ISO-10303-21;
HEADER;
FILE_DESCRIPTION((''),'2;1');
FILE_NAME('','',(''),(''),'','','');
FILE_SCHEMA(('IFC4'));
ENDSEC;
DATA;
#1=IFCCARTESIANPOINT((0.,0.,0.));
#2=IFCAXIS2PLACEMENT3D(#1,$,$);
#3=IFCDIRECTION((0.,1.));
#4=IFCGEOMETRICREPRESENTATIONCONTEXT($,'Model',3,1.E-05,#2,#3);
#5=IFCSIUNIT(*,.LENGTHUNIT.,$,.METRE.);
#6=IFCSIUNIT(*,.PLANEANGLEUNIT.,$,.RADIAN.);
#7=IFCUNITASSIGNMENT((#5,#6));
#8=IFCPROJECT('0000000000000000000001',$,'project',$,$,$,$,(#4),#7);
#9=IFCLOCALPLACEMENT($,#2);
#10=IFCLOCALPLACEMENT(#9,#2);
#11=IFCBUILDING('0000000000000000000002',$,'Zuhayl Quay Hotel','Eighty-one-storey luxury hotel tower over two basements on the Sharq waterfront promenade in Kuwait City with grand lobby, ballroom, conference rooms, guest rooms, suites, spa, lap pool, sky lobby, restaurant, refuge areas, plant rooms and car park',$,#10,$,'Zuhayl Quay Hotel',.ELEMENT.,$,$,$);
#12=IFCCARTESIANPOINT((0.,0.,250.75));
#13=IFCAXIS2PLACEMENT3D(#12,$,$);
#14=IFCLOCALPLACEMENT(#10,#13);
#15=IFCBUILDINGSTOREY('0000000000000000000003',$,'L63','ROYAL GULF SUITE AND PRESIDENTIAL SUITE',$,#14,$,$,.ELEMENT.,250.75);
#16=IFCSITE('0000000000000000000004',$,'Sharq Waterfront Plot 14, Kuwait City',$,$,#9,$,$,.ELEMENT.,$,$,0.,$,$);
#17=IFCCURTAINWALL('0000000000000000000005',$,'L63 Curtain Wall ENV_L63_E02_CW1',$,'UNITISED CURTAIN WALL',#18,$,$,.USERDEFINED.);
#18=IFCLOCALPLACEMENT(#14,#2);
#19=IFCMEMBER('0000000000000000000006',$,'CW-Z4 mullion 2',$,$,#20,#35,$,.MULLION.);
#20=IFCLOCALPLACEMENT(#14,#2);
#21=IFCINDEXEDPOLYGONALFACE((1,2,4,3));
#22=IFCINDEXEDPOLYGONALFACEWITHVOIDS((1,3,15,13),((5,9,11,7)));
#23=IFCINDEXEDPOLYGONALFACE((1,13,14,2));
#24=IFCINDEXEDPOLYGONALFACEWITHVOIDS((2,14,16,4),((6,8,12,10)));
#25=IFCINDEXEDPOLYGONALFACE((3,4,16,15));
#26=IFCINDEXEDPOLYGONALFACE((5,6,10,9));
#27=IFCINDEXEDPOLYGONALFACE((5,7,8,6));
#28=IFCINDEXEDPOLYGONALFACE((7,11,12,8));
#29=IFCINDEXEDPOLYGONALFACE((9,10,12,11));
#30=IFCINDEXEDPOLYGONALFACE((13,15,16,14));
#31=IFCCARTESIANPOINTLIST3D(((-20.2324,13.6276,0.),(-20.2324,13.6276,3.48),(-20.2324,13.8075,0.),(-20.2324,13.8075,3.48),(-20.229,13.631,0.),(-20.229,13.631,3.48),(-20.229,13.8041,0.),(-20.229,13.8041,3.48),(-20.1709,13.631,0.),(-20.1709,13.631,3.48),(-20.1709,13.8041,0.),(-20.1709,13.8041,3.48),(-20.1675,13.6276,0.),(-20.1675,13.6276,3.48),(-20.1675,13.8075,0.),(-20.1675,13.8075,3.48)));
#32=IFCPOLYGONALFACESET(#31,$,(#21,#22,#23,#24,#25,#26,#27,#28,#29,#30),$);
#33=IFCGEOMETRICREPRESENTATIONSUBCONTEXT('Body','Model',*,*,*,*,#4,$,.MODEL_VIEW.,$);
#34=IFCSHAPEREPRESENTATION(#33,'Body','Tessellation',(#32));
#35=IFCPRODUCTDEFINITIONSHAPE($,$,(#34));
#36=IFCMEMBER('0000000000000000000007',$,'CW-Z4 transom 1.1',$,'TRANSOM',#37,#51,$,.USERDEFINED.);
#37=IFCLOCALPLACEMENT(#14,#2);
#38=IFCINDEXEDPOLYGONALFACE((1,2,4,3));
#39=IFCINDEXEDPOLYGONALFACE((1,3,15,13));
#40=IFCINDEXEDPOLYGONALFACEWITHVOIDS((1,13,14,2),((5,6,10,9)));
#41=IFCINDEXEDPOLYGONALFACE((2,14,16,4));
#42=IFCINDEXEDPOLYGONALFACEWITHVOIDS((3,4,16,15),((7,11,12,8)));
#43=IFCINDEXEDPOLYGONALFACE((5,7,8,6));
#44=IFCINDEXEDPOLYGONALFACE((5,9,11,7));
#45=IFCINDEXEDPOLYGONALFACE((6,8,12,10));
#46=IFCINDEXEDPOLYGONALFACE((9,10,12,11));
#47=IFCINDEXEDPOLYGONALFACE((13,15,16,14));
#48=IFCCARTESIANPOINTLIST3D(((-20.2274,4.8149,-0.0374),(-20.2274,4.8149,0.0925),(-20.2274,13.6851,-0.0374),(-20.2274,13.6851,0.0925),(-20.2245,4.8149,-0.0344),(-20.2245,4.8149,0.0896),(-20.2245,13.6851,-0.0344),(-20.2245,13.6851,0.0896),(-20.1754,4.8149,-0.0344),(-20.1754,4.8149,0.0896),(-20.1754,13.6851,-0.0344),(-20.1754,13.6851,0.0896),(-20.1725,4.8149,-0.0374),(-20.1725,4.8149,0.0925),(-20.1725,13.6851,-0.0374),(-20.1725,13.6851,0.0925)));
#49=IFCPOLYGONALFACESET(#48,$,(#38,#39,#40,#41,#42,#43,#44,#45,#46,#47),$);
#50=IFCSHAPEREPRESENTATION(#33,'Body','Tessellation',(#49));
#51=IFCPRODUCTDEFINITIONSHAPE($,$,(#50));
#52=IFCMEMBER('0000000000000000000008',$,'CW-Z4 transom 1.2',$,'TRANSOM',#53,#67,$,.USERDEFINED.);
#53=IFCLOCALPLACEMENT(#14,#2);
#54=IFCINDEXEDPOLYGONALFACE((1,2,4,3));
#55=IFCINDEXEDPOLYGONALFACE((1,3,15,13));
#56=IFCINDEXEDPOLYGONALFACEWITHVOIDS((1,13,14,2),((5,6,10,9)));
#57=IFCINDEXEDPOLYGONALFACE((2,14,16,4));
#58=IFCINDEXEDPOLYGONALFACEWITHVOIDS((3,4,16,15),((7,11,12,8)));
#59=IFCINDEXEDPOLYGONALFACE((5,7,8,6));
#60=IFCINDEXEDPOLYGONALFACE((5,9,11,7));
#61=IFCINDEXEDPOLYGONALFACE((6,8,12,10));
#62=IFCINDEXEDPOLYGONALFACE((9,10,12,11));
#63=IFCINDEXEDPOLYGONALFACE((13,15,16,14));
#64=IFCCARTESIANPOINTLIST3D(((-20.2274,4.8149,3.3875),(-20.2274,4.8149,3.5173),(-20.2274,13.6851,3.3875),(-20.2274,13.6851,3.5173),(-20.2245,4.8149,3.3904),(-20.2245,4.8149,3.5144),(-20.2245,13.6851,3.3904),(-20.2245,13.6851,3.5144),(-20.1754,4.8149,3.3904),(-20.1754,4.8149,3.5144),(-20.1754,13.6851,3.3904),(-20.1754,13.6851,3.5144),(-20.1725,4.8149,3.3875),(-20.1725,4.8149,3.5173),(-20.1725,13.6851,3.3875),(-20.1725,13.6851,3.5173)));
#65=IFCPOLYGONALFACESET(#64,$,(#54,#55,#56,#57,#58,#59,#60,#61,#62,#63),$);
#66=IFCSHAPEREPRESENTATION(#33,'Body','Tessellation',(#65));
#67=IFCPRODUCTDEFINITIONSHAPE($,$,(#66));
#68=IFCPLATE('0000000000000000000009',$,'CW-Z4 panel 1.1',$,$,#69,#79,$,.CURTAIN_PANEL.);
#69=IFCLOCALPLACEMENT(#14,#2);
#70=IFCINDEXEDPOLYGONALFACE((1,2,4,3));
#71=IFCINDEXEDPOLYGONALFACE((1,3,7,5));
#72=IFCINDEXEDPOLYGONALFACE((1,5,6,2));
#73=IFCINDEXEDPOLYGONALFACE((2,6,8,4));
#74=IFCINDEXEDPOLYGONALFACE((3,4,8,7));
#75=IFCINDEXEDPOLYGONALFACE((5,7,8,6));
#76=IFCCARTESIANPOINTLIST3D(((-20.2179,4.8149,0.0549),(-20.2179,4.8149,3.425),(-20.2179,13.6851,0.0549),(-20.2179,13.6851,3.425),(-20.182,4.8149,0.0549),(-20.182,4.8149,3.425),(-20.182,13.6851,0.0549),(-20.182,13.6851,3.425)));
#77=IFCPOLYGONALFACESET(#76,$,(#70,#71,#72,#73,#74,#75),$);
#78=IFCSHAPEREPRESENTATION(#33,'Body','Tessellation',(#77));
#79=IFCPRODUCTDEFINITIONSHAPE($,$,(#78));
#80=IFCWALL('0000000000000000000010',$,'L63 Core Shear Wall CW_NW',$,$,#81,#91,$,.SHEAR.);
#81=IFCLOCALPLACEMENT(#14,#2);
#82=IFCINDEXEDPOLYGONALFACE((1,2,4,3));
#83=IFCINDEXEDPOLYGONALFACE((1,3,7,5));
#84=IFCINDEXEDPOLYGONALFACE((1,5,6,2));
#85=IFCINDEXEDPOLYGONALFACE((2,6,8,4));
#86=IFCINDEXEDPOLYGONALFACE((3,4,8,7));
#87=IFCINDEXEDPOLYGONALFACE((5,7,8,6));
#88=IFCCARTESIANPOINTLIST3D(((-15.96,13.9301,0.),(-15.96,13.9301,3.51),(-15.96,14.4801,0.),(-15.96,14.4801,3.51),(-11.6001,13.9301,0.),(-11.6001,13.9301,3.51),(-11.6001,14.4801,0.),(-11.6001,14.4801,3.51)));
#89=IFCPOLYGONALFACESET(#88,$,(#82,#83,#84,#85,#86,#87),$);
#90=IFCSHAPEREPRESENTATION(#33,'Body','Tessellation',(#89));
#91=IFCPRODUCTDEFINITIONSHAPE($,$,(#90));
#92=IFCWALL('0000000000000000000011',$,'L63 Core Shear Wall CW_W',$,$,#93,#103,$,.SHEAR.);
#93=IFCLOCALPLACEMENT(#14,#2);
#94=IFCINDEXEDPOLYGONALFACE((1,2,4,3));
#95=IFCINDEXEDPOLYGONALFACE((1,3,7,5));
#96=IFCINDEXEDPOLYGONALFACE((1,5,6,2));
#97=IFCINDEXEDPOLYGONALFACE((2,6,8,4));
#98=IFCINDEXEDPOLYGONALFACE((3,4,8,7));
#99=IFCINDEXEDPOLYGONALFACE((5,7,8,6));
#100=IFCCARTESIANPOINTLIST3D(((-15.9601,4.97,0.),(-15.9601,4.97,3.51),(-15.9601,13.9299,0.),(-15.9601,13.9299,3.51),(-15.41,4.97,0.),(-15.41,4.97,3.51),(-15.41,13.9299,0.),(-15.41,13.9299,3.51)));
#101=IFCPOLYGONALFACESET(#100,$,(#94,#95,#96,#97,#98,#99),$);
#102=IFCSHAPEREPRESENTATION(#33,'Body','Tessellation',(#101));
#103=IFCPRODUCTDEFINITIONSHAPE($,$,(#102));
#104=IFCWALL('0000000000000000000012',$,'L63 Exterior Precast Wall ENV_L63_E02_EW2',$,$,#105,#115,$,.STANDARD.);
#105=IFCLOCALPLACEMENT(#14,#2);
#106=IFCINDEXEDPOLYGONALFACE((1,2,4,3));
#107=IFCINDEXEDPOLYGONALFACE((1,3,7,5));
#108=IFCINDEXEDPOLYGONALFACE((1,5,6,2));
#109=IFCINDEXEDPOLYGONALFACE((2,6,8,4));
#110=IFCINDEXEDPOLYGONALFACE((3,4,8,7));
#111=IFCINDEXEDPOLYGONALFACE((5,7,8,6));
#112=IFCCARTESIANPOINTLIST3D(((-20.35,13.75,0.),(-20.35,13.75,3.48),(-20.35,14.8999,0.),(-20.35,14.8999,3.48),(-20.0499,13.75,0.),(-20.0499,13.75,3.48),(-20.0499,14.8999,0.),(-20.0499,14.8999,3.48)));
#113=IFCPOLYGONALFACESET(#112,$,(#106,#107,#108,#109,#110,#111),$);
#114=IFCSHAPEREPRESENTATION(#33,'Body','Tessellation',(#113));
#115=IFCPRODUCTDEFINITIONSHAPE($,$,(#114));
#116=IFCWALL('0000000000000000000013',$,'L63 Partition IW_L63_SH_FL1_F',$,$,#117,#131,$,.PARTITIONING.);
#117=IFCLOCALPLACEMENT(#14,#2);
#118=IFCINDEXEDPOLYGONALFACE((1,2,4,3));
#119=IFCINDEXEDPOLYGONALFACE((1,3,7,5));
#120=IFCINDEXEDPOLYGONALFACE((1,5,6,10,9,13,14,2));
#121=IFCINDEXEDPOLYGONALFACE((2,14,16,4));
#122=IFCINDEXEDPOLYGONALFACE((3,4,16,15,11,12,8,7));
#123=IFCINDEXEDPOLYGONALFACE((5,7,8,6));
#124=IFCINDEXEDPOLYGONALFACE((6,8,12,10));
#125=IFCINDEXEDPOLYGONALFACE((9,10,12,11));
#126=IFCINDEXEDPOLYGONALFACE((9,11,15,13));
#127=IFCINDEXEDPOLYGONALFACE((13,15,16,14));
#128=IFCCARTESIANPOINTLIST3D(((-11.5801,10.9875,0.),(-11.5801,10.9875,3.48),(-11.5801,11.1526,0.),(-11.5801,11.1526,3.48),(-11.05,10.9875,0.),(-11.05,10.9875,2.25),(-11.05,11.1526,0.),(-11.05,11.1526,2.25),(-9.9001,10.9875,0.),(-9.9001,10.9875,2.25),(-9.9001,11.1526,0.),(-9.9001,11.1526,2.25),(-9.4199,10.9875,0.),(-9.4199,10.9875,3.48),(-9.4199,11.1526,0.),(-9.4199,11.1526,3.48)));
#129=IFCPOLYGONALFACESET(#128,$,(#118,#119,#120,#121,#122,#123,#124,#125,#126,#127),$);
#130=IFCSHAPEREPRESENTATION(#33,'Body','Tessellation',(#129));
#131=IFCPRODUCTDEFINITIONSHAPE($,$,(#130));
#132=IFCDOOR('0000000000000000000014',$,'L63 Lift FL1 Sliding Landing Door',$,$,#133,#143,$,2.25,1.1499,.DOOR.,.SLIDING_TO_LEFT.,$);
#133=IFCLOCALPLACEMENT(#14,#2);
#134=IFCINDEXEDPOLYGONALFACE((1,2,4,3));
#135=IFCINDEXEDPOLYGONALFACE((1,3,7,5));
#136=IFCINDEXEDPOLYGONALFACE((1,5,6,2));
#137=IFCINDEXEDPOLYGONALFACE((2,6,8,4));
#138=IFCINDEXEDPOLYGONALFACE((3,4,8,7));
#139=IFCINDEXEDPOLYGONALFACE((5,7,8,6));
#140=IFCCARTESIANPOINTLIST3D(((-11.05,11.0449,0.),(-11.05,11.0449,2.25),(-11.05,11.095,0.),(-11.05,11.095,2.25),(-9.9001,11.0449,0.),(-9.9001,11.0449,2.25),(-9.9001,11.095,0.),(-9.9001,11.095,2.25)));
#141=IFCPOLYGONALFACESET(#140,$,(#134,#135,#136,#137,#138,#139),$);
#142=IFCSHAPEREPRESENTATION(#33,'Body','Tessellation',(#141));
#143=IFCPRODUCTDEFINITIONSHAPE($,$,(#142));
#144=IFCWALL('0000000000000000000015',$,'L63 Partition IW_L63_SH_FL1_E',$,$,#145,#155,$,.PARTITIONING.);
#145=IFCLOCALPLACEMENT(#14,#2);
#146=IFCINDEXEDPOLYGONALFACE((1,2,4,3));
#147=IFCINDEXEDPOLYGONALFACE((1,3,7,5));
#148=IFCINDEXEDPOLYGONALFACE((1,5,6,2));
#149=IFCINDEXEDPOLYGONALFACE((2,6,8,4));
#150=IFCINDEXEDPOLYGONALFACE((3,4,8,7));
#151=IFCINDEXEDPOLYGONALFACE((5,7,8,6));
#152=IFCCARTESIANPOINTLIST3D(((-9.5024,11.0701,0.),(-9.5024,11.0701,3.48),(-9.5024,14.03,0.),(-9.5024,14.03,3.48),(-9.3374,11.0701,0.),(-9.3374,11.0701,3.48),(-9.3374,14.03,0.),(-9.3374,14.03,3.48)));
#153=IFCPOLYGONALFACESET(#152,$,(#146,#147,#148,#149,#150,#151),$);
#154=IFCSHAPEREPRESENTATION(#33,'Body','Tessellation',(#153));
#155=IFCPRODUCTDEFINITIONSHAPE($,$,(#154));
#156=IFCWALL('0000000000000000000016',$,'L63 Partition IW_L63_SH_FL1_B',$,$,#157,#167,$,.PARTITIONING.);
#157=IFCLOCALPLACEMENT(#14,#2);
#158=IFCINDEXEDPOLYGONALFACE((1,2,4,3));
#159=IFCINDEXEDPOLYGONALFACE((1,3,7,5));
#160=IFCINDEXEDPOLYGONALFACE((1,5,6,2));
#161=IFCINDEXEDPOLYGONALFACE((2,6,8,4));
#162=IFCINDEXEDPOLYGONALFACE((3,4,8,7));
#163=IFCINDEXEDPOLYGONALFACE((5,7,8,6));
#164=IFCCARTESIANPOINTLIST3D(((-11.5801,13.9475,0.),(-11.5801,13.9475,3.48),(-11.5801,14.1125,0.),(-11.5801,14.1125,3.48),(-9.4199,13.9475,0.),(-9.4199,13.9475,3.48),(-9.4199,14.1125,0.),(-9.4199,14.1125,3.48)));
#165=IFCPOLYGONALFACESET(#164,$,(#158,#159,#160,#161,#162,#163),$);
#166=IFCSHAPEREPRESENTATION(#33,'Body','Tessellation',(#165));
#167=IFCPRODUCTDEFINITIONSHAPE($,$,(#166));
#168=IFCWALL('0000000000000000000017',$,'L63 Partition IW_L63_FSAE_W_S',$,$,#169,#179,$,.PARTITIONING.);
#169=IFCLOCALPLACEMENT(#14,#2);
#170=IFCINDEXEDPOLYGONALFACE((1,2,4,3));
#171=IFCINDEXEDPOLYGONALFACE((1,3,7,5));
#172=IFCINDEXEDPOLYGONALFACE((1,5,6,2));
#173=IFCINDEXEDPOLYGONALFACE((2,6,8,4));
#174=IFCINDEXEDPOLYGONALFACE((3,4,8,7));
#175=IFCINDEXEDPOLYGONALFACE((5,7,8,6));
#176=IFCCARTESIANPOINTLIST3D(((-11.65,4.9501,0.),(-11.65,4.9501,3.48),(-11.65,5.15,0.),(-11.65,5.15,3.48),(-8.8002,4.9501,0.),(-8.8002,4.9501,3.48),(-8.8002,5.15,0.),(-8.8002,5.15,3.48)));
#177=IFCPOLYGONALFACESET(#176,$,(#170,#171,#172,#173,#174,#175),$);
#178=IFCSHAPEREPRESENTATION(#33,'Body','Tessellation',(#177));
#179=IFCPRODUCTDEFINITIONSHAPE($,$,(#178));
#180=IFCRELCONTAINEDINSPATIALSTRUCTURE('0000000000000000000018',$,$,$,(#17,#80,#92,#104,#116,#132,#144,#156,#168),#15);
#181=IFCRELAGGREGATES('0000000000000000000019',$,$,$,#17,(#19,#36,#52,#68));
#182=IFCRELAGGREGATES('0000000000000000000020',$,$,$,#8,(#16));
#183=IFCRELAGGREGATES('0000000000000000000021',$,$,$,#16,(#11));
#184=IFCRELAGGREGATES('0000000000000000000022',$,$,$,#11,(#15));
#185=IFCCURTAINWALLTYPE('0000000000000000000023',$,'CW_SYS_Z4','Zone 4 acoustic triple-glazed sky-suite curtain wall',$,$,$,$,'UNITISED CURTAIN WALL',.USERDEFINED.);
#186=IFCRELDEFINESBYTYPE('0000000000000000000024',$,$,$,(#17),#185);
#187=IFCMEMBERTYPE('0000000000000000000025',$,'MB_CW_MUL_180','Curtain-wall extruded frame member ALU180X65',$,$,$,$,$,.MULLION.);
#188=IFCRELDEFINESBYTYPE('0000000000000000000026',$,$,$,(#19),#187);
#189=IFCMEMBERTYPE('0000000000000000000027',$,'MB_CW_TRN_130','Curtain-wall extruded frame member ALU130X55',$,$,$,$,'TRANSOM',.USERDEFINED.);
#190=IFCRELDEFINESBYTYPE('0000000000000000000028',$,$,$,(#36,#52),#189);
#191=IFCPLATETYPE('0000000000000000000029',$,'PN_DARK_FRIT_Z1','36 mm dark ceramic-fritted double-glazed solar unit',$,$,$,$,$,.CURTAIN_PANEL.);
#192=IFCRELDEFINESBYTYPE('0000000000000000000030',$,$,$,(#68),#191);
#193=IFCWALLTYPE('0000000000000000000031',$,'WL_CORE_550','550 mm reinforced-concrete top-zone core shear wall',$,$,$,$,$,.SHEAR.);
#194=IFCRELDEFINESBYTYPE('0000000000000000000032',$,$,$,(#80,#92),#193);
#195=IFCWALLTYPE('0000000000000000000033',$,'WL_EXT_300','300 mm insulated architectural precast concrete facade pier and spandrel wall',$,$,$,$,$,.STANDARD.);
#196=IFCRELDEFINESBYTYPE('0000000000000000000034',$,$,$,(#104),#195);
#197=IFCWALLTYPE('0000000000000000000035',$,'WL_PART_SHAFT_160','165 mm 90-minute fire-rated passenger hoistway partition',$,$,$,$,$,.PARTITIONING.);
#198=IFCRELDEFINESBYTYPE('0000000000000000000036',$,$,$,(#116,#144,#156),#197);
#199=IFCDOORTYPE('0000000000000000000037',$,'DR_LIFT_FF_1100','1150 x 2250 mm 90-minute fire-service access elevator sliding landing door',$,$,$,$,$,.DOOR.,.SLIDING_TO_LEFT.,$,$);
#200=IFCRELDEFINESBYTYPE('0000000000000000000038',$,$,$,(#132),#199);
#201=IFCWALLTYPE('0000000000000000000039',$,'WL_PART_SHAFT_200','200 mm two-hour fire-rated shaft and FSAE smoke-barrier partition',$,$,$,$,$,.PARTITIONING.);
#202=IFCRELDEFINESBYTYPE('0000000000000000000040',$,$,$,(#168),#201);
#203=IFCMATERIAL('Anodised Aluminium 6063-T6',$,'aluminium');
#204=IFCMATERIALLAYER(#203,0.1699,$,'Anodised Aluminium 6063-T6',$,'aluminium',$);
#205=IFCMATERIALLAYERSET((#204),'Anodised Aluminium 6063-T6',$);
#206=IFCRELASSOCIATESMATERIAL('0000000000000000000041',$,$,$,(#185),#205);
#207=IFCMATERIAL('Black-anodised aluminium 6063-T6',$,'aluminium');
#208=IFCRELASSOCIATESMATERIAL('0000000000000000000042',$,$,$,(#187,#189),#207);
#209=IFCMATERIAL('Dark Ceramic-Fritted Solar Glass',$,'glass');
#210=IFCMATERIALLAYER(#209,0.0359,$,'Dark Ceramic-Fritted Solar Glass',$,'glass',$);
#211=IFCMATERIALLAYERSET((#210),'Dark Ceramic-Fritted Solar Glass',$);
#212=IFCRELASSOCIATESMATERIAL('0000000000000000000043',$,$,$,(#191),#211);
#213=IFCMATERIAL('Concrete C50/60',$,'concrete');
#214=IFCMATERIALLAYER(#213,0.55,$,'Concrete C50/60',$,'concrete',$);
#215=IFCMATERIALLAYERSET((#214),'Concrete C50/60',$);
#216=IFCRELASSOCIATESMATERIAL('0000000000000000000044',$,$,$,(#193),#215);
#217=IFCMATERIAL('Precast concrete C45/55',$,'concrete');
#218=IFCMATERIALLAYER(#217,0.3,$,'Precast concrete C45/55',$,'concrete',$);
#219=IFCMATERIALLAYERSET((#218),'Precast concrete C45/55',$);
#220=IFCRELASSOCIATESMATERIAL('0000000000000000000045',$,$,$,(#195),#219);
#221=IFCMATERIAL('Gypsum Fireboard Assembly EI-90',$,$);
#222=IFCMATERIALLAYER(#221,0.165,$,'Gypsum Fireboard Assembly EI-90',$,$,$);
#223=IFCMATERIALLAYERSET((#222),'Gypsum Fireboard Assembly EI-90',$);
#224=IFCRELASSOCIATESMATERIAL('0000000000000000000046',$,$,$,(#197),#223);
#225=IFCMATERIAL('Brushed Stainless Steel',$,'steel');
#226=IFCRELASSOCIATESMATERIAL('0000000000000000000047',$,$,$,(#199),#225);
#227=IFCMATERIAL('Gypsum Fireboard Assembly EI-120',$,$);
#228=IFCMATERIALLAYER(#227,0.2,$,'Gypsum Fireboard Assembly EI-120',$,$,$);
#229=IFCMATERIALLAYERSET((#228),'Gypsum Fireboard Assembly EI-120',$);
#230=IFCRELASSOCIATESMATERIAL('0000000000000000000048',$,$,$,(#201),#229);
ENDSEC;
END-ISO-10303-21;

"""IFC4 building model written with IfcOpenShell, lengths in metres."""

from ifc_helpers import new_model, si_unit, direction, frame, frame_2d, origin, origin_2d, place, context, subcontext, project, spatial, rectangle, hollow_rectangle, extrude, material, layer, layer_set, material_profile, profile_set, type_object, element, fill, aggregate, save


model = new_model("IFC4")

# Units and contexts
model_context = context("Model", 3, precision=1e-05, world=origin(), true_north=direction((0.0, 1.0)))
body_context = subcontext(model_context, "Body", "Model", "MODEL_VIEW")
ifc_project = project(units=[si_unit("LENGTHUNIT", "METRE"), si_unit("PLANEANGLEUNIT", "RADIAN")], contexts=[model_context])

# Site, building, storey
site_placement = place(None, origin())
site = spatial("IfcSite", under=ifc_project, at=site_placement, Name="Sharq Waterfront Plot 14, Kuwait City", CompositionType="ELEMENT", RefElevation=0.0)
building_placement = place(site_placement, origin())
building = spatial("IfcBuilding", under=site, at=building_placement, Name="Zuhayl Quay Hotel", Description="Eighty-one-storey luxury hotel tower over two basements on the Sharq waterfront promenade in Kuwait City with grand lobby, ballroom, conference rooms, guest rooms, suites, spa, lap pool, sky lobby, restaurant, refuge areas, plant rooms and car park", LongName="Zuhayl Quay Hotel", CompositionType="ELEMENT")
storey_placement = place(building_placement, frame((0.0, 0.0, 250.75)))
storey = spatial("IfcBuildingStorey", under=building, at=storey_placement, Name="L63", Description="ROYAL GULF SUITE AND PRESIDENTIAL SUITE", CompositionType="ELEMENT", Elevation=250.75)

# Curtain wall, members, plate
ifc_material_1 = material(Name="Anodised Aluminium 6063-T6", Category="aluminium")
ifc_layer_1 = layer(ifc_material_1, 0.1699, Name="Anodised Aluminium 6063-T6", Category="aluminium")
ifc_layer_set_1 = layer_set([ifc_layer_1], Name="Anodised Aluminium 6063-T6")
curtain_wall_type = type_object("IfcCurtainWallType", Name="CW_SYS_Z4", Description="Zone 4 acoustic triple-glazed sky-suite curtain wall", ElementType="UNITISED CURTAIN WALL", PredefinedType="USERDEFINED", material=ifc_layer_set_1)
curtain_wall_placement = place(storey_placement, origin())
curtain_wall = element("IfcCurtainWall", 1, at=curtain_wall_placement, inside=storey, type_object=curtain_wall_type, Name="L63 Curtain Wall ENV_L63_E02_CW1", ObjectType="UNITISED CURTAIN WALL", PredefinedType="USERDEFINED")
ifc_material_2 = material(Name="Black-anodised aluminium 6063-T6", Category="aluminium")
ifc_material_profile_1 = material_profile(ifc_material_2, hollow_rectangle(XDim=0.0649, YDim=0.1799, WallThickness=0.0034, at=origin_2d()), Name="ALU180X65")
ifc_profile_set_1 = profile_set([ifc_material_profile_1], Name="Black-anodised aluminium 6063-T6")
member_type_1 = type_object("IfcMemberType", Name="MB_CW_MUL_180", Description="Curtain-wall extruded frame member ALU180X65", PredefinedType="MULLION", material=ifc_profile_set_1)
member_1_placement = place(storey_placement, frame((-20.2, 13.7175, 0.0), z_axis=(0.0, 0.0, 1.0), x_axis=(-1.0, 0.0, 0.0)))
member_1 = element("IfcMember", 2, at=member_1_placement, type_object=member_type_1, Name="CW-Z4 mullion 2", PredefinedType="MULLION", context=body_context, shape_type="SweptSolid", body=[
    extrude(hollow_rectangle(XDim=0.0649, YDim=0.1799, WallThickness=0.0034, at=origin_2d()), origin(), (0.0, 0.0, 1.0), 3.48),
])
ifc_material_profile_2 = material_profile(ifc_material_2, hollow_rectangle(XDim=0.0549, YDim=0.1299, WallThickness=0.0029, at=origin_2d()), Name="ALU130X55")
ifc_profile_set_2 = profile_set([ifc_material_profile_2], Name="Black-anodised aluminium 6063-T6")
member_type_2 = type_object("IfcMemberType", Name="MB_CW_TRN_130", Description="Curtain-wall extruded frame member ALU130X55", ElementType="TRANSOM", PredefinedType="USERDEFINED", material=ifc_profile_set_2)
member_2_placement = place(storey_placement, frame((-20.2, 4.8149, 0.0276), z_axis=(0.0, 1.0, 0.0), x_axis=(-1.0, 0.0, 0.0)))
member_2 = element("IfcMember", 3, at=member_2_placement, type_object=member_type_2, Name="CW-Z4 transom 1.1", ObjectType="TRANSOM", PredefinedType="USERDEFINED", context=body_context, shape_type="SweptSolid", body=[
    extrude(hollow_rectangle(XDim=0.0549, YDim=0.1299, WallThickness=0.0029, at=origin_2d()), origin(), (0.0, 0.0, 1.0), 8.8701),
])
member_3_placement = place(storey_placement, frame((-20.2, 4.8149, 3.4524), z_axis=(0.0, 1.0, 0.0), x_axis=(-1.0, 0.0, 0.0)))
member_3 = element("IfcMember", 4, at=member_3_placement, type_object=member_type_2, Name="CW-Z4 transom 1.2", ObjectType="TRANSOM", PredefinedType="USERDEFINED", context=body_context, shape_type="SweptSolid", body=[
    extrude(hollow_rectangle(XDim=0.0549, YDim=0.1299, WallThickness=0.0029, at=origin_2d()), origin(), (0.0, 0.0, 1.0), 8.8701),
])
ifc_material_3 = material(Name="Dark Ceramic-Fritted Solar Glass", Category="glass")
ifc_layer_2 = layer(ifc_material_3, 0.0359, Name="Dark Ceramic-Fritted Solar Glass", Category="glass")
ifc_layer_set_2 = layer_set([ifc_layer_2], Name="Dark Ceramic-Fritted Solar Glass")
plate_type = type_object("IfcPlateType", Name="PN_DARK_FRIT_Z1", Description="36 mm dark ceramic-fritted double-glazed solar unit", PredefinedType="CURTAIN_PANEL", material=ifc_layer_set_2)
plate_placement = place(storey_placement, frame((-20.2, 9.25, 0.0549), z_axis=(0.0, 0.0, 1.0), x_axis=(0.0, 1.0, 0.0)))
plate = element("IfcPlate", 5, at=plate_placement, type_object=plate_type, Name="CW-Z4 panel 1.1", PredefinedType="CURTAIN_PANEL", context=body_context, shape_type="SweptSolid", body=[
    extrude(rectangle(XDim=8.8701, YDim=0.0359, at=origin_2d()), origin(), (0.0, 0.0, 1.0), 3.3701),
])
aggregate(curtain_wall, [member_1, member_2, member_3, plate])

# Walls
ifc_material_4 = material(Name="Concrete C50/60", Category="concrete")
ifc_layer_3 = layer(ifc_material_4, 0.55, Name="Concrete C50/60", Category="concrete")
ifc_layer_set_3 = layer_set([ifc_layer_3], Name="Concrete C50/60")
wall_type_1 = type_object("IfcWallType", Name="WL_CORE_550", Description="550 mm reinforced-concrete top-zone core shear wall", PredefinedType="SHEAR", material=ifc_layer_set_3)
wall_1_placement = place(storey_placement, frame((-15.96, 14.2051, 0.0), z_axis=(0.0, 0.0, 1.0), x_axis=(1.0, 0.0, 0.0)))
element("IfcWall", 6, at=wall_1_placement, inside=storey, type_object=wall_type_1, Name="L63 Core Shear Wall CW_NW", PredefinedType="SHEAR", context=body_context, shape_type="SweptSolid", body=[
    extrude(rectangle(XDim=4.3599, YDim=0.55, at=frame_2d((2.1799, 0.0))), origin(), (0.0, 0.0, 1.0), 3.51),
])
wall_2_placement = place(storey_placement, frame((-15.6851, 4.97, 0.0), z_axis=(0.0, 0.0, 1.0), x_axis=(0.0, 1.0, 0.0)))
element("IfcWall", 7, at=wall_2_placement, inside=storey, type_object=wall_type_1, Name="L63 Core Shear Wall CW_W", PredefinedType="SHEAR", context=body_context, shape_type="SweptSolid", body=[
    extrude(rectangle(XDim=8.96, YDim=0.55, at=frame_2d((4.48, 0.0))), origin(), (0.0, 0.0, 1.0), 3.51),
])
ifc_material_5 = material(Name="Precast concrete C45/55", Category="concrete")
ifc_layer_4 = layer(ifc_material_5, 0.3, Name="Precast concrete C45/55", Category="concrete")
ifc_layer_set_4 = layer_set([ifc_layer_4], Name="Precast concrete C45/55")
wall_type_2 = type_object("IfcWallType", Name="WL_EXT_300", Description="300 mm insulated architectural precast concrete facade pier and spandrel wall", PredefinedType="STANDARD", material=ifc_layer_set_4)
wall_3_placement = place(storey_placement, frame((-20.2, 13.75, 0.0), z_axis=(0.0, 0.0, 1.0), x_axis=(0.0, 1.0, 0.0)))
element("IfcWall", 8, at=wall_3_placement, inside=storey, type_object=wall_type_2, Name="L63 Exterior Precast Wall ENV_L63_E02_EW2", PredefinedType="STANDARD", context=body_context, shape_type="SweptSolid", body=[
    extrude(rectangle(XDim=1.1499, YDim=0.3, at=frame_2d((0.575, 0.0))), origin(), (0.0, 0.0, 1.0), 3.48),
])

# Wall, opening, door
ifc_material_6 = material(Name="Gypsum Fireboard Assembly EI-90")
ifc_layer_5 = layer(ifc_material_6, 0.165, Name="Gypsum Fireboard Assembly EI-90")
ifc_layer_set_5 = layer_set([ifc_layer_5], Name="Gypsum Fireboard Assembly EI-90")
wall_type_3 = type_object("IfcWallType", Name="WL_PART_SHAFT_160", Description="165 mm 90-minute fire-rated passenger hoistway partition", PredefinedType="PARTITIONING", material=ifc_layer_set_5)
wall_4_placement = place(storey_placement, frame((-11.5801, 11.0701, 0.0), z_axis=(0.0, 0.0, 1.0), x_axis=(1.0, 0.0, 0.0)))
wall_4 = element("IfcWall", 9, at=wall_4_placement, inside=storey, type_object=wall_type_3, Name="L63 Partition IW_L63_SH_FL1_F", PredefinedType="PARTITIONING", context=body_context, shape_type="SweptSolid", body=[
    extrude(rectangle(XDim=2.1602, YDim=0.165, at=frame_2d((1.0801, 0.0))), origin(), (0.0, 0.0, 1.0), 3.48),
])
opening_1_placement = place(wall_4_placement, frame((0.53, 0.0, 0.0)))
opening_1 = element("IfcOpeningElement", 10, at=opening_1_placement, cuts=wall_4, PredefinedType="OPENING", context=body_context, shape_type="SweptSolid", body=[
    extrude(rectangle(XDim=1.1499, YDim=2.25, at=frame_2d((0.575, 1.125))), frame((0.0, 0.0925, 0.0), z_axis=(0.0, -1.0, 0.0), x_axis=(1.0, 0.0, 0.0)), (0.0, 0.0, 1.0), 0.1851),
])
ifc_material_7 = material(Name="Brushed Stainless Steel", Category="steel")
door_type_1 = type_object("IfcDoorType", Name="DR_LIFT_FF_1100", Description="1150 x 2250 mm 90-minute fire-service access elevator sliding landing door", OperationType="SLIDING_TO_LEFT", PredefinedType="DOOR", material=ifc_material_7)
door_1_placement = place(opening_1_placement, origin())
door_1 = element("IfcDoor", 11, at=door_1_placement, inside=storey, type_object=door_type_1, Name="L63 Lift FL1 Sliding Landing Door", OperationType="SLIDING_TO_LEFT", OverallHeight=2.25, OverallWidth=1.1499, PredefinedType="DOOR", context=body_context, shape_type="SweptSolid", body=[
    extrude(rectangle(XDim=1.1499, YDim=2.25, at=frame_2d((0.575, 1.125))), frame((0.0, 0.0249, 0.0), z_axis=(0.0, -1.0, 0.0), x_axis=(1.0, 0.0, 0.0)), (0.0, 0.0, 1.0), 0.05),
])
fill(opening_1, door_1)

# Walls
wall_5_placement = place(storey_placement, frame((-9.4199, 11.0701, 0.0), z_axis=(0.0, 0.0, 1.0), x_axis=(0.0, 1.0, 0.0)))
element("IfcWall", 12, at=wall_5_placement, inside=storey, type_object=wall_type_3, Name="L63 Partition IW_L63_SH_FL1_E", PredefinedType="PARTITIONING", context=body_context, shape_type="SweptSolid", body=[
    extrude(rectangle(XDim=2.96, YDim=0.165, at=frame_2d((1.48, 0.0))), origin(), (0.0, 0.0, 1.0), 3.48),
])
wall_6_placement = place(storey_placement, frame((-11.5801, 14.03, 0.0), z_axis=(0.0, 0.0, 1.0), x_axis=(1.0, 0.0, 0.0)))
element("IfcWall", 13, at=wall_6_placement, inside=storey, type_object=wall_type_3, Name="L63 Partition IW_L63_SH_FL1_B", PredefinedType="PARTITIONING", context=body_context, shape_type="SweptSolid", body=[
    extrude(rectangle(XDim=2.1602, YDim=0.165, at=frame_2d((1.0801, 0.0))), origin(), (0.0, 0.0, 1.0), 3.48),
])
ifc_material_8 = material(Name="Gypsum Fireboard Assembly EI-120")
ifc_layer_6 = layer(ifc_material_8, 0.2, Name="Gypsum Fireboard Assembly EI-120")
ifc_layer_set_6 = layer_set([ifc_layer_6], Name="Gypsum Fireboard Assembly EI-120")
wall_type_4 = type_object("IfcWallType", Name="WL_PART_SHAFT_200", Description="200 mm two-hour fire-rated shaft and FSAE smoke-barrier partition", PredefinedType="PARTITIONING", material=ifc_layer_set_6)
wall_7_placement = place(storey_placement, frame((-11.6499, 5.05, 0.0), z_axis=(0.0, 0.0, 1.0), x_axis=(1.0, 0.0, 0.0)))
element("IfcWall", 14, at=wall_7_placement, inside=storey, type_object=wall_type_4, Name="L63 Partition IW_L63_FSAE_W_S", PredefinedType="PARTITIONING", context=body_context, shape_type="SweptSolid", body=[
    extrude(rectangle(XDim=2.8499, YDim=0.2, at=frame_2d((1.4248, 0.0))), origin(), (0.0, 0.0, 1.0), 3.48),
])

save(model, "model.ifc")
